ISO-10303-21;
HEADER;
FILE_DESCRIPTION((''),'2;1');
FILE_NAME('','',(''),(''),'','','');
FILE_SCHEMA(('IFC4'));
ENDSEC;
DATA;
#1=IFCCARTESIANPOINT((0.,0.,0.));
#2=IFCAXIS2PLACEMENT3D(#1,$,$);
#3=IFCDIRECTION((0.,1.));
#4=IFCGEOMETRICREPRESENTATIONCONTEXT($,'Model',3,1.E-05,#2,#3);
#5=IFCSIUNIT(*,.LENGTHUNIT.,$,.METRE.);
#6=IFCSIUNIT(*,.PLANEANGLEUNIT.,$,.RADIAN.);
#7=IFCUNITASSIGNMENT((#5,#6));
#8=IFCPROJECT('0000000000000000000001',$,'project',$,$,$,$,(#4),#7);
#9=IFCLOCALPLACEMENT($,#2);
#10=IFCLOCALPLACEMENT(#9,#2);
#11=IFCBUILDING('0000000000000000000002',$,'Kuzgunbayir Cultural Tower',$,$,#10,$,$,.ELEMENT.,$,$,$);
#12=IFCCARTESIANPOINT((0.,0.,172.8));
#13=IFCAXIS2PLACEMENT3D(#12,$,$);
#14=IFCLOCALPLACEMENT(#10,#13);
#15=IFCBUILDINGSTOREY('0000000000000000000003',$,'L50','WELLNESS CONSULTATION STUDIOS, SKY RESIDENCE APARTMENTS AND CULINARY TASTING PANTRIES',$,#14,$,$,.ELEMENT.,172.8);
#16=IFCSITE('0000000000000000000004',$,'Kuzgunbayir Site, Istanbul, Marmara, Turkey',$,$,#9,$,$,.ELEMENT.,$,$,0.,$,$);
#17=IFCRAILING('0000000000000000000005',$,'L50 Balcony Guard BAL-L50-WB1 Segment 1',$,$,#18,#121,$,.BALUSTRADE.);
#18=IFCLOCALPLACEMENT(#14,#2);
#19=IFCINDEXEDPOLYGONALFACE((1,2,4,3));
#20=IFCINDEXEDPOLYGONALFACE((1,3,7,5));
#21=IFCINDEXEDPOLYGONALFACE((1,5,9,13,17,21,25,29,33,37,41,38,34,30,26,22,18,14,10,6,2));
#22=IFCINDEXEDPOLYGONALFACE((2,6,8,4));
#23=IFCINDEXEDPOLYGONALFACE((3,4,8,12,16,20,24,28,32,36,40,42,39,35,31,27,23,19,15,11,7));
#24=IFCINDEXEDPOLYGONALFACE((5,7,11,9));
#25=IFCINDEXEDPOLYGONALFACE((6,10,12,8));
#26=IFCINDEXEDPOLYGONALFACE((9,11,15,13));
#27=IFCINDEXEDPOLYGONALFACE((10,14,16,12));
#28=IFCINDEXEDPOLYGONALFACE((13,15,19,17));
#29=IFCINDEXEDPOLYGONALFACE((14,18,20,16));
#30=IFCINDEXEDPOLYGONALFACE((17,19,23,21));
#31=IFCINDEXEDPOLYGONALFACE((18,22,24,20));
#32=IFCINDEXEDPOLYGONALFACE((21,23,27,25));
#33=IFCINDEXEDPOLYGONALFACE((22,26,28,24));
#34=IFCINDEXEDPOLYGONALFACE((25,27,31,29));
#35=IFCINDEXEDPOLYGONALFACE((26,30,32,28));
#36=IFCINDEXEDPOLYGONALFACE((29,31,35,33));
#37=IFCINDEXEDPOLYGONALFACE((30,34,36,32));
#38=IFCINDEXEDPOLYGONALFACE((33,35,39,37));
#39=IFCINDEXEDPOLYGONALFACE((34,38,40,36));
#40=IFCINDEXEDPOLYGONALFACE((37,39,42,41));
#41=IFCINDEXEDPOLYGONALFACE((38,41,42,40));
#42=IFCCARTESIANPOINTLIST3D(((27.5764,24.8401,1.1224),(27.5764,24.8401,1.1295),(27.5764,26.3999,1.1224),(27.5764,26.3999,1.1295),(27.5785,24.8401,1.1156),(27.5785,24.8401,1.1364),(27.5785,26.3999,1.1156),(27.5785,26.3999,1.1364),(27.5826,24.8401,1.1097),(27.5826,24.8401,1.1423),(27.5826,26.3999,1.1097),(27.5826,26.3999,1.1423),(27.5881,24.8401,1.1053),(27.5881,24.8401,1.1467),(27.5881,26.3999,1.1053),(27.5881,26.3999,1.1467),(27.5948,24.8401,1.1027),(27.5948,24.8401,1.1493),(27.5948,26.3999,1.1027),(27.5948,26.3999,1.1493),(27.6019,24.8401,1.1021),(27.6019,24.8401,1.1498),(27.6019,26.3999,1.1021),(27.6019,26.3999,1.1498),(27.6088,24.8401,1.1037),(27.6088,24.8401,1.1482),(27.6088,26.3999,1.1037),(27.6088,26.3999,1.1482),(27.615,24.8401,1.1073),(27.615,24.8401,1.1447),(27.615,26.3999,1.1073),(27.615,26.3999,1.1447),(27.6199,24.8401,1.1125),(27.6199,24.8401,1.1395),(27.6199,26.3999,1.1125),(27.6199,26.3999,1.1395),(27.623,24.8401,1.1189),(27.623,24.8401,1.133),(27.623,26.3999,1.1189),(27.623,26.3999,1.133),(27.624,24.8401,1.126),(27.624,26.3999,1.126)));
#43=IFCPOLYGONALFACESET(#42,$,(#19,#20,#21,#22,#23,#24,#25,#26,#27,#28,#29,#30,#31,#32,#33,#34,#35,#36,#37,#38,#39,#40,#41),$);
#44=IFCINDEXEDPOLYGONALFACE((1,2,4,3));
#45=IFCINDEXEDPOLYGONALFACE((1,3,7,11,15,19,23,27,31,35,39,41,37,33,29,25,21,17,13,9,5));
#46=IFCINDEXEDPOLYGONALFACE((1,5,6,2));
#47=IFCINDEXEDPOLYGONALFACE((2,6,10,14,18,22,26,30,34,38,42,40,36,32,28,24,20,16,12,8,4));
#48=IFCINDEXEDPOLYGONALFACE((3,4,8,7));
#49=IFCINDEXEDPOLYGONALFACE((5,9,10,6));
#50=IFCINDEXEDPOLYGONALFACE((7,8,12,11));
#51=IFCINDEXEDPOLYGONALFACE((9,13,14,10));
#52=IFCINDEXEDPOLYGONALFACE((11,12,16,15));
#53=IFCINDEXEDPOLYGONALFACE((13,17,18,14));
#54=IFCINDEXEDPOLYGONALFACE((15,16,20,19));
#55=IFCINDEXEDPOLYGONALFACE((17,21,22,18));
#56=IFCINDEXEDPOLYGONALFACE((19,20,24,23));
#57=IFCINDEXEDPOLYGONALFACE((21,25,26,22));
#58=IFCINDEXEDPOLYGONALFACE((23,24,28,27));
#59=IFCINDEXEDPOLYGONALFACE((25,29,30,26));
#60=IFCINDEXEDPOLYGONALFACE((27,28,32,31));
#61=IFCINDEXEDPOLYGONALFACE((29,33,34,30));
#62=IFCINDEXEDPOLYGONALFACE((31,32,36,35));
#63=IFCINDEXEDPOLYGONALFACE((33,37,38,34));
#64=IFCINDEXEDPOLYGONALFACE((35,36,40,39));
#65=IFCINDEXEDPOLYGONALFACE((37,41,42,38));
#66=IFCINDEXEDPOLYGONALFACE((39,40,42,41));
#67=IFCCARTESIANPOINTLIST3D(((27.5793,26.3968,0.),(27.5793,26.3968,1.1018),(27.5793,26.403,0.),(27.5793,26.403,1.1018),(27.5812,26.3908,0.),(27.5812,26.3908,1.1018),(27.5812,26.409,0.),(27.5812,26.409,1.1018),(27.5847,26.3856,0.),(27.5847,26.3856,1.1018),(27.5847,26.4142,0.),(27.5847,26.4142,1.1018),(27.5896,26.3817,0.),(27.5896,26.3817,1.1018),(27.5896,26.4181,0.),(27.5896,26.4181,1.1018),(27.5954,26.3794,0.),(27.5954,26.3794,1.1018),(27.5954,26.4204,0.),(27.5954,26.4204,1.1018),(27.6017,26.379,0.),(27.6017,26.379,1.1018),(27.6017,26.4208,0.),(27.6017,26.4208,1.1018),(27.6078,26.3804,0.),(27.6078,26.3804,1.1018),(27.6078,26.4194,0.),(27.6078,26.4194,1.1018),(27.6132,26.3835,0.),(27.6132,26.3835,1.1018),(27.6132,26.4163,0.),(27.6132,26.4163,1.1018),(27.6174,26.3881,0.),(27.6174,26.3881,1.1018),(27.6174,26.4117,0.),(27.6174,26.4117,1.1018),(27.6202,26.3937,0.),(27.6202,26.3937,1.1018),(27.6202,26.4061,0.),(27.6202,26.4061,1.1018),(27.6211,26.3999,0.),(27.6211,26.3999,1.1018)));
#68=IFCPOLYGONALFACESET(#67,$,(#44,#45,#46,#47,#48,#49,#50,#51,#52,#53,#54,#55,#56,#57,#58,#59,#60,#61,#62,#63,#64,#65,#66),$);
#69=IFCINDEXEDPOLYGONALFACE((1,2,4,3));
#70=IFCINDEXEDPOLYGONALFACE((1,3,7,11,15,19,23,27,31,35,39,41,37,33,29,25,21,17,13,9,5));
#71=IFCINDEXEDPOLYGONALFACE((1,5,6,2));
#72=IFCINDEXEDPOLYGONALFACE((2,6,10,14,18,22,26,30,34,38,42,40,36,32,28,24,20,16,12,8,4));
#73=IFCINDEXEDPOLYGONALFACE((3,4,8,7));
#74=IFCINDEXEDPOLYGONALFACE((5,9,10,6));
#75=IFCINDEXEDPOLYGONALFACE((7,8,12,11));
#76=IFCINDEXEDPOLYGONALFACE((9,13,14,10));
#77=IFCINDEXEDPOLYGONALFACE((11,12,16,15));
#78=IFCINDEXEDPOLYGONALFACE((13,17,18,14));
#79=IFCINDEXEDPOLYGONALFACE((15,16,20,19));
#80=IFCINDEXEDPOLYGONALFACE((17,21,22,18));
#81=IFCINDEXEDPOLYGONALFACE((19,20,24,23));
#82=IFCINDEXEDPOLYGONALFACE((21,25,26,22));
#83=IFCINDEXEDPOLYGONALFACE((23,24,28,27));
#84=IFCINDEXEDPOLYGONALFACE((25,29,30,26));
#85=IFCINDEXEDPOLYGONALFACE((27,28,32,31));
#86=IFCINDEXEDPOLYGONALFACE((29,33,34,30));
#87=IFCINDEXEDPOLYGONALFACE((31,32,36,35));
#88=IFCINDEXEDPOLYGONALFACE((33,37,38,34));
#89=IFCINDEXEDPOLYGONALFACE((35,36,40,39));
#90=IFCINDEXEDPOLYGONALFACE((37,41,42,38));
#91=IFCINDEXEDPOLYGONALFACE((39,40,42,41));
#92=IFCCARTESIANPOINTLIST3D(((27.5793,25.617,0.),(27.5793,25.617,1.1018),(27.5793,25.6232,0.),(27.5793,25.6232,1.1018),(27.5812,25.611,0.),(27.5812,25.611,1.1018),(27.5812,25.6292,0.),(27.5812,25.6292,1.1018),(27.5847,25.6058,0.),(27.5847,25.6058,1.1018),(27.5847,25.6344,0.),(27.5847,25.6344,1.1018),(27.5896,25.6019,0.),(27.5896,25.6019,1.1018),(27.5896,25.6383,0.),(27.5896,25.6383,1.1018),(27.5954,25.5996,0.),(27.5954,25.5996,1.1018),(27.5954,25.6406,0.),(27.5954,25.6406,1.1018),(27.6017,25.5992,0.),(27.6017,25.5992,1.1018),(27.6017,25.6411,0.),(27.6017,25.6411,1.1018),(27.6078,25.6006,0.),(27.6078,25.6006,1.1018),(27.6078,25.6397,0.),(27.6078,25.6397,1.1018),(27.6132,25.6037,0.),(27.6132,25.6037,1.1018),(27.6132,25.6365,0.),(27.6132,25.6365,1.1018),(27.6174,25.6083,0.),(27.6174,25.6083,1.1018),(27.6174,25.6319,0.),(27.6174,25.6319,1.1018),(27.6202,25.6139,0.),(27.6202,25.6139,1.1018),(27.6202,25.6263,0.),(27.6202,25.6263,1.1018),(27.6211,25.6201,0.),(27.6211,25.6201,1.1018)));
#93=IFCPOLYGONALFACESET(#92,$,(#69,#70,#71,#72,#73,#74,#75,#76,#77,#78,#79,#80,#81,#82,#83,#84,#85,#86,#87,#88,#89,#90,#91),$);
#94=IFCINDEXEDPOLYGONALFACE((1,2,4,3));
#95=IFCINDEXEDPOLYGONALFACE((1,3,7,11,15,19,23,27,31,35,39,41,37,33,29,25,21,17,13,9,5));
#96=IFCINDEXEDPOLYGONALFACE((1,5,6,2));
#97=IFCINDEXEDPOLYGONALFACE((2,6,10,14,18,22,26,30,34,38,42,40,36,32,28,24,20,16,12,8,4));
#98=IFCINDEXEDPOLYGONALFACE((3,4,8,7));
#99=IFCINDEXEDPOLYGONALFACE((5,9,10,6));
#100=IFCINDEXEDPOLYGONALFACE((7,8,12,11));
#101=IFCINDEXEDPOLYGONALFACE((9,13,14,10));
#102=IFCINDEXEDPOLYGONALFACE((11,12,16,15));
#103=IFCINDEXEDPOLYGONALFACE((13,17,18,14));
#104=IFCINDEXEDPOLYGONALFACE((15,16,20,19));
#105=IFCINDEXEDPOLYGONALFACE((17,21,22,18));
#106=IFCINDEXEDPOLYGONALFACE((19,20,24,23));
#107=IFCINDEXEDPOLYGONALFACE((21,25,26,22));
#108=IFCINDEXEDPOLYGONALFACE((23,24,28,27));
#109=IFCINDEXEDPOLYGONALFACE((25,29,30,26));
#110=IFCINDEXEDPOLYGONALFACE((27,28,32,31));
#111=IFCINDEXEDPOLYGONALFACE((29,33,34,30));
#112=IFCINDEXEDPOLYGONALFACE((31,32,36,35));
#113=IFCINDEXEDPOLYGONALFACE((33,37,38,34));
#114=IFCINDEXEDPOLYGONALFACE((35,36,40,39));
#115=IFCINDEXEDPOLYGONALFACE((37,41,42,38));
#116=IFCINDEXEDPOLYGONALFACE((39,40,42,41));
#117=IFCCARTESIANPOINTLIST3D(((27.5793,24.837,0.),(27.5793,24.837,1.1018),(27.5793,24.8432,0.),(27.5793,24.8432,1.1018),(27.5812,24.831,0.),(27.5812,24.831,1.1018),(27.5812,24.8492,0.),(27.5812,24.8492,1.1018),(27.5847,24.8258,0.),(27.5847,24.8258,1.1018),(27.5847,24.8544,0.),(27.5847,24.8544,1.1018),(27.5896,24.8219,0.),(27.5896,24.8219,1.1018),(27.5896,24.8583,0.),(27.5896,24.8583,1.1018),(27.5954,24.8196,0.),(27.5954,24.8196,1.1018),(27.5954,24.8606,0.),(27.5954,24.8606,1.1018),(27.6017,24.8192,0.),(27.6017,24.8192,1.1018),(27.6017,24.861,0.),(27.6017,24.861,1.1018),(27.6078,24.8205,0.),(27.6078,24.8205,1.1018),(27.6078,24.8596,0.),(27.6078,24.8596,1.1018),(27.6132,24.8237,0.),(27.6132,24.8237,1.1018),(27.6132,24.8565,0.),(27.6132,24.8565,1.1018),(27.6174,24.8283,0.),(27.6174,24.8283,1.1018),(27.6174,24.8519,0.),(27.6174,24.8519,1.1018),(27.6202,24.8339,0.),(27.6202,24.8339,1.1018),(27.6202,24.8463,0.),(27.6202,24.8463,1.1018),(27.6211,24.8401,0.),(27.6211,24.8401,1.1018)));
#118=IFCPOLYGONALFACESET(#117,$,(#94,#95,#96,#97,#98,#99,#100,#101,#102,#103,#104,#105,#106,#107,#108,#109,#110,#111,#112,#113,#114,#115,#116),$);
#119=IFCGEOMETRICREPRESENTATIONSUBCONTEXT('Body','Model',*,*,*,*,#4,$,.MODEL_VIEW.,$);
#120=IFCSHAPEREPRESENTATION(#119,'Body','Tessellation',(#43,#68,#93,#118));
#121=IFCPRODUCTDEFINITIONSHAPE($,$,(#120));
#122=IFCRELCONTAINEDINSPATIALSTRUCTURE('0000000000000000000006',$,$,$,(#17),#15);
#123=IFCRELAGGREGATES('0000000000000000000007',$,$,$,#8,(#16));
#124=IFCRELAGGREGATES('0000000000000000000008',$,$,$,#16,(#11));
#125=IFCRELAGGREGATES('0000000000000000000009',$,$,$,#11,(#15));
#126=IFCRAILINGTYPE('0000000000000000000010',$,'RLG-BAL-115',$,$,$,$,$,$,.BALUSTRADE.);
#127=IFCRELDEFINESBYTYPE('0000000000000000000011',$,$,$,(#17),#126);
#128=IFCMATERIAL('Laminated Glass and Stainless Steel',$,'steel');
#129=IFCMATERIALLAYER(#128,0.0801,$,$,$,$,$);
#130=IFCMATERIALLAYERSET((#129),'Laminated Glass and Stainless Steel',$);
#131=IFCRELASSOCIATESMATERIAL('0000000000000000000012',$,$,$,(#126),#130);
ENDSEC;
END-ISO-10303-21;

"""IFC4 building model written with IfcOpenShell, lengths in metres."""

from ifc_helpers import new_model, si_unit, direction, frame, origin, origin_2d, place, context, subcontext, project, spatial, circle, extrude, material, layer, layer_set, type_object, element, save


model = new_model("IFC4")

# Units and contexts
model_context = context("Model", 3, precision=1e-05, world=origin(), true_north=direction((0.0, 1.0)))
body_context = subcontext(model_context, "Body", "Model", "MODEL_VIEW")
ifc_project = project(units=[si_unit("LENGTHUNIT", "METRE"), si_unit("PLANEANGLEUNIT", "RADIAN")], contexts=[model_context])

# Site, building, storey
site_placement = place(None, origin())
site = spatial("IfcSite", under=ifc_project, at=site_placement, Name="Kuzgunbayir Site, Istanbul, Marmara, Turkey", CompositionType="ELEMENT", RefElevation=0.0)
building_placement = place(site_placement, origin())
building = spatial("IfcBuilding", under=site, at=building_placement, Name="Kuzgunbayir Cultural Tower", CompositionType="ELEMENT")
storey_placement = place(building_placement, frame((0.0, 0.0, 172.8)))
storey = spatial("IfcBuildingStorey", under=building, at=storey_placement, Name="L50", Description="WELLNESS CONSULTATION STUDIOS, SKY RESIDENCE APARTMENTS AND CULINARY TASTING PANTRIES", CompositionType="ELEMENT", Elevation=172.8)

# Railing
ifc_material_1 = material(Name="Laminated Glass and Stainless Steel", Category="steel")
ifc_layer_1 = layer(ifc_material_1, 0.0801)
ifc_layer_set_1 = layer_set([ifc_layer_1], Name="Laminated Glass and Stainless Steel")
railing_type = type_object("IfcRailingType", Name="RLG-BAL-115", PredefinedType="BALUSTRADE", material=ifc_layer_set_1)
railing_1_placement = place(storey_placement, frame((27.6001, 26.3999, 0.0)))
element("IfcRailing", 1, at=railing_1_placement, inside=storey, type_object=railing_type, Name="L50 Balcony Guard BAL-L50-WB1 Segment 1", PredefinedType="BALUSTRADE", context=body_context, shape_type="SweptSolid", body=[
    extrude(circle(Radius=0.0239, at=origin_2d()), frame((0.0, 0.0, 1.126), z_axis=(0.0, -1.0, 0.0), x_axis=(1.0, 0.0, 0.0)), (0.0, 0.0, 1.0), 1.5598),
    extrude(circle(Radius=0.021, at=origin_2d()), origin(), (0.0, 0.0, 1.0), 1.1018),
    extrude(circle(Radius=0.021, at=origin_2d()), frame((0.0, -0.7798, 0.0)), (0.0, 0.0, 1.0), 1.1018),
    extrude(circle(Radius=0.021, at=origin_2d()), frame((0.0, -1.5598, 0.0)), (0.0, 0.0, 1.0), 1.1018),
])

save(model, "model.ifc")
